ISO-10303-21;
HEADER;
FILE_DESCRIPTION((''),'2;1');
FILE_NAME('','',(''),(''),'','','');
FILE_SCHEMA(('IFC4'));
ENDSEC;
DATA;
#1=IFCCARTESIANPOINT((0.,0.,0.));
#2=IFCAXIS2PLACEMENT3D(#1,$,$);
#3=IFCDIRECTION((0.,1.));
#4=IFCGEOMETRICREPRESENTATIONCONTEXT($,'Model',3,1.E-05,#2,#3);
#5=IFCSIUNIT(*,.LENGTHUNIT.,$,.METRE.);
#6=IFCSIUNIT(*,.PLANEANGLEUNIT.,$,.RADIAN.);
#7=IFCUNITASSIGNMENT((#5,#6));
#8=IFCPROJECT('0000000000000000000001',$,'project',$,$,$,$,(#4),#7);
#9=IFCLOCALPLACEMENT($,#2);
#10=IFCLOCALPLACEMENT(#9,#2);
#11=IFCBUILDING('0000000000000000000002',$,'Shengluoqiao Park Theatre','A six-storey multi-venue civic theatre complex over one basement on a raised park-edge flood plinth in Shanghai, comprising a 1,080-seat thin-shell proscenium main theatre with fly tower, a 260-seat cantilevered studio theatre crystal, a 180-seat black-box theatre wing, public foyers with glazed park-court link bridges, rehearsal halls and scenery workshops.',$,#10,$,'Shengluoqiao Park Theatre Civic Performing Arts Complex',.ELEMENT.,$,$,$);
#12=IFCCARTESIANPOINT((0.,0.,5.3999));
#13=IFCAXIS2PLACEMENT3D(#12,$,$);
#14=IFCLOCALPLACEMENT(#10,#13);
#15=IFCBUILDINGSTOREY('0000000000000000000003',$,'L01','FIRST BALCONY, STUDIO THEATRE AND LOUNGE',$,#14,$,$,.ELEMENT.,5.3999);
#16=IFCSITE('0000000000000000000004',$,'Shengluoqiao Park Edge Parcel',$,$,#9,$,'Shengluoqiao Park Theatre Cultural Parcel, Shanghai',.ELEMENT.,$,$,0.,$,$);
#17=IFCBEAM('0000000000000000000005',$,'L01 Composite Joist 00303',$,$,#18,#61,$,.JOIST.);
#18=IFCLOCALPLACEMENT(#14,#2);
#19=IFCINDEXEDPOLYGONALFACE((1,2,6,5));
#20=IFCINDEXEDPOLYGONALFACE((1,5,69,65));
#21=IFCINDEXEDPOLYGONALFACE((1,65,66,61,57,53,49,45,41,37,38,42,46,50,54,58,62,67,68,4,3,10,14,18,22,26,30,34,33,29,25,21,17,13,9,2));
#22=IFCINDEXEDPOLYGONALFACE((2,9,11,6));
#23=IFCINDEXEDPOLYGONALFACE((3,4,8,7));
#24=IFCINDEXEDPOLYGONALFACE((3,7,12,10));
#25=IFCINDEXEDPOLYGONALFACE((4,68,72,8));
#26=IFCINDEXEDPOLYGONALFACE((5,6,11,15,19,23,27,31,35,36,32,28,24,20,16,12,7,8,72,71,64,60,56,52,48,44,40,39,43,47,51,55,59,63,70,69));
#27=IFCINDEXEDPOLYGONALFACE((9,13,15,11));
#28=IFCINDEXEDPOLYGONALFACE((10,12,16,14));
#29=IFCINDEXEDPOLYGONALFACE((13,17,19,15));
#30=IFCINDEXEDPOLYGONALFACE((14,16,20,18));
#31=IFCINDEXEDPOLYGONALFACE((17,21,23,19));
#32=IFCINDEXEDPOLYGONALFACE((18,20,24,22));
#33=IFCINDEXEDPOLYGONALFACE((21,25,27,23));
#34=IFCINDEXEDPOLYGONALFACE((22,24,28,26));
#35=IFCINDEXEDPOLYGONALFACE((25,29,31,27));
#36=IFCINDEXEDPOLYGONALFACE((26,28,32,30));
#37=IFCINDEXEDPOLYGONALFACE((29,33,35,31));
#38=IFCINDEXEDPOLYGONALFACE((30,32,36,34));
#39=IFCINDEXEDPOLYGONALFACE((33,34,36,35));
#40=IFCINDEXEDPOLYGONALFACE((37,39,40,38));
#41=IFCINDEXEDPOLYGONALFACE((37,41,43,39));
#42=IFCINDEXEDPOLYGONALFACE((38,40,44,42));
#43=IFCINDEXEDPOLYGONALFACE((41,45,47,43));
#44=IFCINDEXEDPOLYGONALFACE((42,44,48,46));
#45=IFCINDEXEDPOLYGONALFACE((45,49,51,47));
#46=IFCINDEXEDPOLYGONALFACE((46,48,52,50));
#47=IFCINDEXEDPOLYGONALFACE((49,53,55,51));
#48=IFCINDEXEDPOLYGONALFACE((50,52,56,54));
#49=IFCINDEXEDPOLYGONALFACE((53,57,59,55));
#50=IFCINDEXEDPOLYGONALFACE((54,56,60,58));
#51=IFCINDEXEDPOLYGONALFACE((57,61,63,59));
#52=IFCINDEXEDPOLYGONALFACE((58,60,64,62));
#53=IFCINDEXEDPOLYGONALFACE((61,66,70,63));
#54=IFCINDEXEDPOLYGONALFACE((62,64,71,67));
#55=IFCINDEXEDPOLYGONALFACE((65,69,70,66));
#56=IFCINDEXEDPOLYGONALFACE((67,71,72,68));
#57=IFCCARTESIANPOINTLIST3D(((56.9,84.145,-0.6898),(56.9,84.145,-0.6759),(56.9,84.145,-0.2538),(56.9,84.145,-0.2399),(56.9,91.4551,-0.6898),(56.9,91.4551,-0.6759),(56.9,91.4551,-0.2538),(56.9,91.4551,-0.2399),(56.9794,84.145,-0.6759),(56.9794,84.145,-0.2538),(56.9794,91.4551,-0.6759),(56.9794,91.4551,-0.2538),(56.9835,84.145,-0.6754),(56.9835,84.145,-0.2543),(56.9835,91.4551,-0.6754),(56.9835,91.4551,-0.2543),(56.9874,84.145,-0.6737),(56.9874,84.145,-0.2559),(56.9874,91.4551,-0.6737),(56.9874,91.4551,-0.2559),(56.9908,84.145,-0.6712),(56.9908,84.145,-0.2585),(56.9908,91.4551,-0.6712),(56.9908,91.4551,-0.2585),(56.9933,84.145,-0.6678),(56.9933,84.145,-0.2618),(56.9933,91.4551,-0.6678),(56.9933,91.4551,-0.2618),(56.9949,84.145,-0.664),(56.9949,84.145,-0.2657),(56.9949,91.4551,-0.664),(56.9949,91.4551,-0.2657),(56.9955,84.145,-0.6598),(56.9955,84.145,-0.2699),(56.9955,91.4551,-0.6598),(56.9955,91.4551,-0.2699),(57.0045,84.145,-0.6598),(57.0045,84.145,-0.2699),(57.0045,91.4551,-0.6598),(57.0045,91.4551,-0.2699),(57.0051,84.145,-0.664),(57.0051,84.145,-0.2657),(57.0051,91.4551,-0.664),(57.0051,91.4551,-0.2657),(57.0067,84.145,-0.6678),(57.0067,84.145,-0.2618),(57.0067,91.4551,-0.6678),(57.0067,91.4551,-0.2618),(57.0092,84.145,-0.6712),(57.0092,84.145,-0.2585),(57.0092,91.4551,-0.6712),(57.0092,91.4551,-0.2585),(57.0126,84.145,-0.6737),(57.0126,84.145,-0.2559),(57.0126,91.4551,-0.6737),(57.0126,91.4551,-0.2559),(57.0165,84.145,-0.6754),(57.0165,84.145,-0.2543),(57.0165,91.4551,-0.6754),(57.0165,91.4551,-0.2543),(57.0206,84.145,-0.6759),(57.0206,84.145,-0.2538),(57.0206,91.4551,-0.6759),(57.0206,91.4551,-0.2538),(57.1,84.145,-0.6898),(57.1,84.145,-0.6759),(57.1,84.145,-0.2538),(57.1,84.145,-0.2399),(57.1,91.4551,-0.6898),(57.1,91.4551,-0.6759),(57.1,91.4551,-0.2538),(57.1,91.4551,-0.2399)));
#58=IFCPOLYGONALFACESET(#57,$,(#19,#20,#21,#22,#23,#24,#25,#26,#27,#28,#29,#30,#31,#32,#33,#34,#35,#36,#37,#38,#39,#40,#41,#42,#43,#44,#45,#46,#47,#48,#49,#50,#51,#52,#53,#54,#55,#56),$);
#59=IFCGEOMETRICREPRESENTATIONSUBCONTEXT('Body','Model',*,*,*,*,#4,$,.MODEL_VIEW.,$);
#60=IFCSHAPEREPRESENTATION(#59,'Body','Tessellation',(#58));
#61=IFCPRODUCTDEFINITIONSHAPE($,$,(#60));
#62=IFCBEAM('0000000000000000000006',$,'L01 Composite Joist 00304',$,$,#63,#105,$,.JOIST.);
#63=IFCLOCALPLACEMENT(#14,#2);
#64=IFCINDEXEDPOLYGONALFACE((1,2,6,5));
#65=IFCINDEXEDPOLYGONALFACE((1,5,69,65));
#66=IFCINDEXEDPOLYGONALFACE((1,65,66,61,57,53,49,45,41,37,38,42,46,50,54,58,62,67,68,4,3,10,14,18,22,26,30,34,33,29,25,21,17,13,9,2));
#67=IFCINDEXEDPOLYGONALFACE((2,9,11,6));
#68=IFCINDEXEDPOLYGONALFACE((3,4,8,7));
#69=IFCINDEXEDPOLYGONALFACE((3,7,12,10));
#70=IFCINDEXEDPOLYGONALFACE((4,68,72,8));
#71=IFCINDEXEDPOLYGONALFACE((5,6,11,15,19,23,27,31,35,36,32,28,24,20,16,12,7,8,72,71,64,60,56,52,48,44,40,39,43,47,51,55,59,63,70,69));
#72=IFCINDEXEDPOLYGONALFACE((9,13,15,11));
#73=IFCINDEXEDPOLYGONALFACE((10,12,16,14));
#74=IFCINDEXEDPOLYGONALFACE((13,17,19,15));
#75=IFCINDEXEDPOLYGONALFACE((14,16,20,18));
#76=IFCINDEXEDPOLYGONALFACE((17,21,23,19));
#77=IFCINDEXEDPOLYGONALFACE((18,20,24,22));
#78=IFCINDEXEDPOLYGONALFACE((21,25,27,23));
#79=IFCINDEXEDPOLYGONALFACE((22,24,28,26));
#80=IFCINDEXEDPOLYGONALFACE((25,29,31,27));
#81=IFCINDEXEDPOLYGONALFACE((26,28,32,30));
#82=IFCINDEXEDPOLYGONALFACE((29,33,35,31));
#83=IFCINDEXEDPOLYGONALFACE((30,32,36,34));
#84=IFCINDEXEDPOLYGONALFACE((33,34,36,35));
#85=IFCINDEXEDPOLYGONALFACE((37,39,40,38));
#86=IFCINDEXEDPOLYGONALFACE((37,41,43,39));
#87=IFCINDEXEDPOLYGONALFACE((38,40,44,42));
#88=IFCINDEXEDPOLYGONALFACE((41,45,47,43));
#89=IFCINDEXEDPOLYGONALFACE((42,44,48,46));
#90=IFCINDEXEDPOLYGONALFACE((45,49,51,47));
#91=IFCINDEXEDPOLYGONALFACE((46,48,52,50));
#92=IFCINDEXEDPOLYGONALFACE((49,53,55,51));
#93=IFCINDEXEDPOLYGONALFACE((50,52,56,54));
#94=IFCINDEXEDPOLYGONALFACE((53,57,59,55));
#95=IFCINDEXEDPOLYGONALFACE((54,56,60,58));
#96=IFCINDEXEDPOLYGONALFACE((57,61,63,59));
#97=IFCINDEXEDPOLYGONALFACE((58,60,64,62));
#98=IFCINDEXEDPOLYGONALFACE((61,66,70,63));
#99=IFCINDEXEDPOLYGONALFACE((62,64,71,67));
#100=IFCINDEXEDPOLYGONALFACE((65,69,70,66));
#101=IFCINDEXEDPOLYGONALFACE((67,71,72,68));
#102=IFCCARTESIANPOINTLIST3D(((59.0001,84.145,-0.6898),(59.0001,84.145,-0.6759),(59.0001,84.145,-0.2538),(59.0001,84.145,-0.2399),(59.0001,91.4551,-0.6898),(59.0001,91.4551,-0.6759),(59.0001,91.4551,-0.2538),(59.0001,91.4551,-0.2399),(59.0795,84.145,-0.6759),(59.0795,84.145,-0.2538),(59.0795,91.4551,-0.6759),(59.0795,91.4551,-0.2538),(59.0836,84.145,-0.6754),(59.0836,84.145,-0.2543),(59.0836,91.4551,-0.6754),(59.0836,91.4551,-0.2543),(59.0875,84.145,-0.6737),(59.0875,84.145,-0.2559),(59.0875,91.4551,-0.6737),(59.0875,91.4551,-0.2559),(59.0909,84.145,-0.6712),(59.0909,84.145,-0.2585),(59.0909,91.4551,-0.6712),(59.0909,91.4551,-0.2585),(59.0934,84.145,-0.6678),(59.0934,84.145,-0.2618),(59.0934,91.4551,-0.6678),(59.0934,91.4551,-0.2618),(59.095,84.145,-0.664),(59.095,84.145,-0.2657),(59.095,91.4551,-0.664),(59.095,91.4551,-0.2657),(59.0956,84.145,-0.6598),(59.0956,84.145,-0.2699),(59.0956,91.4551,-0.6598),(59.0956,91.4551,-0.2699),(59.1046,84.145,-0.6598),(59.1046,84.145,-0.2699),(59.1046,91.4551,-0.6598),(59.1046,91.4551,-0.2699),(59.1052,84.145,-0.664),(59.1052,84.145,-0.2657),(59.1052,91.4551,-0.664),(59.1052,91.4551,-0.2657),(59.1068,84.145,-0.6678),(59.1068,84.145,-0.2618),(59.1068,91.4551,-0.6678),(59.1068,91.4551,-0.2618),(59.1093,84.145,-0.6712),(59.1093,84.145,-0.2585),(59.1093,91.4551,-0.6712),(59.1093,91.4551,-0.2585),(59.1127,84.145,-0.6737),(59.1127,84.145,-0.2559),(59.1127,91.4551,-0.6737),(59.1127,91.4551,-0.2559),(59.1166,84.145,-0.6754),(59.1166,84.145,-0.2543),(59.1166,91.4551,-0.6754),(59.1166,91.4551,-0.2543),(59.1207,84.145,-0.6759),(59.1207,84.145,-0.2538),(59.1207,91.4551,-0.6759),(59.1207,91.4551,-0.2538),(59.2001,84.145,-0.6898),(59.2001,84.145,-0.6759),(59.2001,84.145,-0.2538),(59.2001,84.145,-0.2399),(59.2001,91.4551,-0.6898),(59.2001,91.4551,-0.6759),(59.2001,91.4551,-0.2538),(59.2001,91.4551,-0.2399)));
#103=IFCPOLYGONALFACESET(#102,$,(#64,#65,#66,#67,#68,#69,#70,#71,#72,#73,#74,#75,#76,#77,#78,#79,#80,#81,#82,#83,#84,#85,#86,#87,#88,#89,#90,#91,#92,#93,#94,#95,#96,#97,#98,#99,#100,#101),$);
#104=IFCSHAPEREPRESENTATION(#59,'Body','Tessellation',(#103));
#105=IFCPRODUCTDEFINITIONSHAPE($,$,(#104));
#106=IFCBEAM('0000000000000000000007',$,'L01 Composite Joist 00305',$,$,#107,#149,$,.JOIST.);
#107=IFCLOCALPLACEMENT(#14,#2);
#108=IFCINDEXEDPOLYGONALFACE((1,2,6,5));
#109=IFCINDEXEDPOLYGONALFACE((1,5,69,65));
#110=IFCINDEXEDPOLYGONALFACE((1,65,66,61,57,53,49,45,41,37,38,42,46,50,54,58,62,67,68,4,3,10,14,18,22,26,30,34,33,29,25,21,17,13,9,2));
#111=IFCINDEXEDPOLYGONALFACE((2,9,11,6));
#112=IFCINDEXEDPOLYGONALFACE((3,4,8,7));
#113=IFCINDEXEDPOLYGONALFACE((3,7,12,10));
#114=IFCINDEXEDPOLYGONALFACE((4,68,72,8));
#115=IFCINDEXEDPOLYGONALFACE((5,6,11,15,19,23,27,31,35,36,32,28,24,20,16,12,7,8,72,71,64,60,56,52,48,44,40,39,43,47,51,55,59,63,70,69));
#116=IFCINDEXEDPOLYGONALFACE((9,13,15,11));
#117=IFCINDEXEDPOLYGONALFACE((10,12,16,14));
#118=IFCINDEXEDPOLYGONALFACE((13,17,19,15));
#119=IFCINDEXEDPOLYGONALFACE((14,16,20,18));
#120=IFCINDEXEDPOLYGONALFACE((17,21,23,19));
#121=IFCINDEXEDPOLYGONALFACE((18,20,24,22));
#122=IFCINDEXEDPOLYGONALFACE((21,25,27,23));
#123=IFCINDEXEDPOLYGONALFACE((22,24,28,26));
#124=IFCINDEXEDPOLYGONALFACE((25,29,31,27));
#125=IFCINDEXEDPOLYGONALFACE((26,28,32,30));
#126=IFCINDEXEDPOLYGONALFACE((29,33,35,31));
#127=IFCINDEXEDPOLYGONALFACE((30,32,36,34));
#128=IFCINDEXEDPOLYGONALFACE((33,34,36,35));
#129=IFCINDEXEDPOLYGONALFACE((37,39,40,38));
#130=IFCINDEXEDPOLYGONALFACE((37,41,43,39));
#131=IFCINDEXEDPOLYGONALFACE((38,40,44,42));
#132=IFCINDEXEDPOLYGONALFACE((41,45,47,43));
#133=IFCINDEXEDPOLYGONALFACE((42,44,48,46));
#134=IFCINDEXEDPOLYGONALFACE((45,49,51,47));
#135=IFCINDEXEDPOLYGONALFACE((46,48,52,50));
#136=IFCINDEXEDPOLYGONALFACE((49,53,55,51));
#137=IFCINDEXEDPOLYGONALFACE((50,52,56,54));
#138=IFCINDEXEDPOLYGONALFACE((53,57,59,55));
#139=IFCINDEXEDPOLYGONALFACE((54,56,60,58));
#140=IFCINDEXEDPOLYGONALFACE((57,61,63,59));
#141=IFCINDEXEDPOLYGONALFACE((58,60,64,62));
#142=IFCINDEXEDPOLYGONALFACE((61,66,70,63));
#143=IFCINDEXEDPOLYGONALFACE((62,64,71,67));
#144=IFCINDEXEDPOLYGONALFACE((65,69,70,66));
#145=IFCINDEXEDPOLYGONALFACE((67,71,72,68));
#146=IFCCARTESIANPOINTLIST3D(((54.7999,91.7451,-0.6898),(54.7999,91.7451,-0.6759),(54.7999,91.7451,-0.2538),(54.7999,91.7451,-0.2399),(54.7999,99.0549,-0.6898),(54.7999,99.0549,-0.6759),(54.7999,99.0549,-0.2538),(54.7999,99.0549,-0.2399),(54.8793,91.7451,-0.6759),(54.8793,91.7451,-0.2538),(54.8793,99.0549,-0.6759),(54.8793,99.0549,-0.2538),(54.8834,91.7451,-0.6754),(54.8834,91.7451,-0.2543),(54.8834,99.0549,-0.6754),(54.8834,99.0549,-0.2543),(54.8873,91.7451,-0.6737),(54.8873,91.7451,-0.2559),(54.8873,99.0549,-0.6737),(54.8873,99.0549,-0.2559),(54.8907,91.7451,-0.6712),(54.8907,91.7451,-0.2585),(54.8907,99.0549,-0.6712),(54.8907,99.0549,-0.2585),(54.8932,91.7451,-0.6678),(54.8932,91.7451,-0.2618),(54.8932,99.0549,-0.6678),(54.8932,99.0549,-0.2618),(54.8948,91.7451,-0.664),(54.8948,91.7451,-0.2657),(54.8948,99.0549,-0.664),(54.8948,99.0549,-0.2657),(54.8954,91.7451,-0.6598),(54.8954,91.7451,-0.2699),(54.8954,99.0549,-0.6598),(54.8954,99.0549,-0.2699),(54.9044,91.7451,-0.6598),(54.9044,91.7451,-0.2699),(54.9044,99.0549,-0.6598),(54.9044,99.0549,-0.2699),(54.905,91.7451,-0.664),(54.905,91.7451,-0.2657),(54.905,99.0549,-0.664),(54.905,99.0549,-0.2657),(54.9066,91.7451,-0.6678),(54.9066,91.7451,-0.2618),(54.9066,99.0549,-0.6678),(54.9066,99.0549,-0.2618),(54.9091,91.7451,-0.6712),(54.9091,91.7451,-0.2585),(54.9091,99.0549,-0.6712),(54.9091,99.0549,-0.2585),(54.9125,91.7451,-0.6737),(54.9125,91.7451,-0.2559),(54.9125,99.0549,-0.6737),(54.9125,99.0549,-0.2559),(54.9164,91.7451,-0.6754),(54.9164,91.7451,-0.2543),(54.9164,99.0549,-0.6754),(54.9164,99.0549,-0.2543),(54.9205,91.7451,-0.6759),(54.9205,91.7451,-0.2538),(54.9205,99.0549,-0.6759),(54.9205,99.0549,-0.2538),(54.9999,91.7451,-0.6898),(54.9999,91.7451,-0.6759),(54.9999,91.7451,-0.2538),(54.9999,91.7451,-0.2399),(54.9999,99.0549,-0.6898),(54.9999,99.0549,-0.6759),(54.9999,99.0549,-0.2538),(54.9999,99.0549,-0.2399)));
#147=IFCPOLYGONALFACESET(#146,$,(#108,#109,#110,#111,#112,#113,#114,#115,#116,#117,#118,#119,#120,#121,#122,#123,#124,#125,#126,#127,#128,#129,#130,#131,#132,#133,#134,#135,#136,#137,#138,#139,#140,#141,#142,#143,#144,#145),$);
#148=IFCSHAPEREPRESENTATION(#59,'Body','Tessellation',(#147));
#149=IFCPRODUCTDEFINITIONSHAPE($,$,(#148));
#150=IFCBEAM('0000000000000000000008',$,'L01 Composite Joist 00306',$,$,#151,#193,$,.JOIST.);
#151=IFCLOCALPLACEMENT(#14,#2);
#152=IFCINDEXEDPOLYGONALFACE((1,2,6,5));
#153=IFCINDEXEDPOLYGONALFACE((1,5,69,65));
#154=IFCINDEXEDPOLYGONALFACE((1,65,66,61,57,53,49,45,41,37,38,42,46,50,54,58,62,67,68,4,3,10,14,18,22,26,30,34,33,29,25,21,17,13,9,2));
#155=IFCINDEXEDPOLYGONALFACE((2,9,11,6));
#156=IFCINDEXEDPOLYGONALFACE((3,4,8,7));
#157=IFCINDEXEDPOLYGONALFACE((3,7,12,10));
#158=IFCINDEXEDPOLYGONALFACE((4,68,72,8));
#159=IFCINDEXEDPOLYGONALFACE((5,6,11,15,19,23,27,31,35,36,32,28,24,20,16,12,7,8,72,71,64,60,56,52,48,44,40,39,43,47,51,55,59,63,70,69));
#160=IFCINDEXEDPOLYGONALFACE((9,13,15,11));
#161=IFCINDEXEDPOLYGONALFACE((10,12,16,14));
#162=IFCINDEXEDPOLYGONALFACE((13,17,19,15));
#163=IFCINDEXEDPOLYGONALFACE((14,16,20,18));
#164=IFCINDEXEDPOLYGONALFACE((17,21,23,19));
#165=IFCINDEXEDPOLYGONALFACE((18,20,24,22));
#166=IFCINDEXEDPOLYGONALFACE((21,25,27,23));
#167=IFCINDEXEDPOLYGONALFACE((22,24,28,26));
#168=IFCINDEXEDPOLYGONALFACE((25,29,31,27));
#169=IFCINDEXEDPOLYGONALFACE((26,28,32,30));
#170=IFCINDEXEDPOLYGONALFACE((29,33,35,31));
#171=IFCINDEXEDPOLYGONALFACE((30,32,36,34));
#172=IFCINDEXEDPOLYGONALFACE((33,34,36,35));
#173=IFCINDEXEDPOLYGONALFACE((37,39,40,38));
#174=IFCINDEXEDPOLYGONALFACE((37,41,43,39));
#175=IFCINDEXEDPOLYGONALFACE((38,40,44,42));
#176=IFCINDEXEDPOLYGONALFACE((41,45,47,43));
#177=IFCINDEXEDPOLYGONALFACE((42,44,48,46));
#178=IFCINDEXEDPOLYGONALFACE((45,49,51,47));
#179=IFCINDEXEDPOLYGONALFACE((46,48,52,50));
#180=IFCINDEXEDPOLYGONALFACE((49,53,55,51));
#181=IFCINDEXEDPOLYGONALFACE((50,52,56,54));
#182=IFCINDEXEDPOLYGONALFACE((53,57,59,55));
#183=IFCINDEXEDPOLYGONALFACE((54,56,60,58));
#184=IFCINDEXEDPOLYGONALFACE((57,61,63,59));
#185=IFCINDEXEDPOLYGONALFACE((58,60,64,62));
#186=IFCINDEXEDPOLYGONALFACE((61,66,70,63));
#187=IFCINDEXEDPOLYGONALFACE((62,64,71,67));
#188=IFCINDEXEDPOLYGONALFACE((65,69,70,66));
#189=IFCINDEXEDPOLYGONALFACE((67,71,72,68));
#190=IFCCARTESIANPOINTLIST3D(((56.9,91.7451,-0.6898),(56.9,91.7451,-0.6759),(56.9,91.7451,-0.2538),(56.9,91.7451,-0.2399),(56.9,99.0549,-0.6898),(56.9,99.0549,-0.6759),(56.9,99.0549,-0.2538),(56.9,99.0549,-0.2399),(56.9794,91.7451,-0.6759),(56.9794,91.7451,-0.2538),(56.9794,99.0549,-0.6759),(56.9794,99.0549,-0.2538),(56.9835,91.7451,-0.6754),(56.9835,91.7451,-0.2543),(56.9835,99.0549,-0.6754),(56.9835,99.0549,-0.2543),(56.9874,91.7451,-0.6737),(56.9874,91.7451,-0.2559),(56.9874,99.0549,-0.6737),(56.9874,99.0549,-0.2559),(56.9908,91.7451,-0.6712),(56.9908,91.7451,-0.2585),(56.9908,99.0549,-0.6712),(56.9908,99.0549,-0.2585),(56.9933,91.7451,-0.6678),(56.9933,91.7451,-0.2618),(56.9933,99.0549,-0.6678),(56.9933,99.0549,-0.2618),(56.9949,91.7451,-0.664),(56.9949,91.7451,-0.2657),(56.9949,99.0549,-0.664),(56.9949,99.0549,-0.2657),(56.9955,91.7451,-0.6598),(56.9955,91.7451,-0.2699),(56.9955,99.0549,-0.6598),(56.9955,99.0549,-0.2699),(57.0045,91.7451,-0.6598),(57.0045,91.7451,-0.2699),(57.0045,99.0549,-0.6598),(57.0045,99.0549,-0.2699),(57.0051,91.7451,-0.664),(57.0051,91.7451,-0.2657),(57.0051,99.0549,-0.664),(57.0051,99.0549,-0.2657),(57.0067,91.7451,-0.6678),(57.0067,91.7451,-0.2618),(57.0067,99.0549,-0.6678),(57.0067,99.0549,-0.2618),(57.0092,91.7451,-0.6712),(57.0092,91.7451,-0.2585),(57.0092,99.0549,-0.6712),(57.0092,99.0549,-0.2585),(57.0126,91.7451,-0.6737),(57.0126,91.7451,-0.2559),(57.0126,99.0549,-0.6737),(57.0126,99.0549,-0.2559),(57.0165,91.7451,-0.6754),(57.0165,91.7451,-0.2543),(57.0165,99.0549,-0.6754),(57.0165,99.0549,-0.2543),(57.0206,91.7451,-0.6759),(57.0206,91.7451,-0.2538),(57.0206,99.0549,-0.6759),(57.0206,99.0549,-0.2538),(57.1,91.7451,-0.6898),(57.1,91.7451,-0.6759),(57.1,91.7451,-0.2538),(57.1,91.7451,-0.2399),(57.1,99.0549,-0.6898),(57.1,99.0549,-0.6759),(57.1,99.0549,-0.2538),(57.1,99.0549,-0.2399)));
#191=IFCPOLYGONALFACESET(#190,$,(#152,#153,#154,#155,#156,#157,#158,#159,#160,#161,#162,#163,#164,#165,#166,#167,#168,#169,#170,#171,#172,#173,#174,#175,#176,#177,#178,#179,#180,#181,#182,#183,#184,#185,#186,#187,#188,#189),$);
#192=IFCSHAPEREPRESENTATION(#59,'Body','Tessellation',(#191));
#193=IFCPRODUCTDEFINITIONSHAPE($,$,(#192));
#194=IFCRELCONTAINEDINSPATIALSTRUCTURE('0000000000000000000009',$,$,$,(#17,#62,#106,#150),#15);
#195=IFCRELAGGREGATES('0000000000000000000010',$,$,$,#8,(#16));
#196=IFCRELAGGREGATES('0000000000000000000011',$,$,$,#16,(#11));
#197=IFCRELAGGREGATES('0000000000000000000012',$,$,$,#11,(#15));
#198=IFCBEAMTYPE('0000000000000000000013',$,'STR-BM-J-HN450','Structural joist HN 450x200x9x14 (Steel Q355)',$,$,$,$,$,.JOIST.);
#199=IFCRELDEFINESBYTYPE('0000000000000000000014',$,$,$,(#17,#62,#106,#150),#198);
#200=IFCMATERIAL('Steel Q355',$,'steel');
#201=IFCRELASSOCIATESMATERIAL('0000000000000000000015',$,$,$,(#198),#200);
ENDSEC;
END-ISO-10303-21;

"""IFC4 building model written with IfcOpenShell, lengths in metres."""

from ifc_helpers import new_model, si_unit, direction, frame, origin, origin_2d, place, context, subcontext, project, spatial, i_section, extrude, material, material_profile, profile_set, type_object, element, save


model = new_model("IFC4")

# Units and contexts
model_context = context("Model", 3, precision=1e-05, world=origin(), true_north=direction((0.0, 1.0)))
body_context = subcontext(model_context, "Body", "Model", "MODEL_VIEW")
ifc_project = project(units=[si_unit("LENGTHUNIT", "METRE"), si_unit("PLANEANGLEUNIT", "RADIAN")], contexts=[model_context])

# Site, building, storey
site_placement = place(None, origin())
site = spatial("IfcSite", under=ifc_project, at=site_placement, Name="Shengluoqiao Park Edge Parcel", LongName="Shengluoqiao Park Theatre Cultural Parcel, Shanghai", CompositionType="ELEMENT", RefElevation=0.0)
building_placement = place(site_placement, origin())
building = spatial("IfcBuilding", under=site, at=building_placement, Name="Shengluoqiao Park Theatre", Description="A six-storey multi-venue civic theatre complex over one basement on a raised park-edge flood plinth in Shanghai, comprising a 1,080-seat thin-shell proscenium main theatre with fly tower, a 260-seat cantilevered studio theatre crystal, a 180-seat black-box theatre wing, public foyers with glazed park-court link bridges, rehearsal halls and scenery workshops.", LongName="Shengluoqiao Park Theatre Civic Performing Arts Complex", CompositionType="ELEMENT")
storey_placement = place(building_placement, frame((0.0, 0.0, 5.3999)))
storey = spatial("IfcBuildingStorey", under=building, at=storey_placement, Name="L01", Description="FIRST BALCONY, STUDIO THEATRE AND LOUNGE", CompositionType="ELEMENT", Elevation=5.3999)

# Beams
ifc_material_1 = material(Name="Steel Q355", Category="steel")
ifc_material_profile_1 = material_profile(ifc_material_1, i_section(OverallWidth=0.2, OverallDepth=0.45, WebThickness=0.009, FlangeThickness=0.0139, FilletRadius=0.0161, at=origin_2d()), Name="HN 450x200x9x14")
ifc_profile_set_1 = profile_set([ifc_material_profile_1], Name="Steel Q355")
beam_type_1 = type_object("IfcBeamType", Name="STR-BM-J-HN450", Description="Structural joist HN 450x200x9x14 (Steel Q355)", PredefinedType="JOIST", material=ifc_profile_set_1)
for number, where, z_axis, x_axis, name in (
    (1, (57.0, 84.145, -0.4648), (0.0, 1.0, 0.0), (-1.0, 0.0, 0.0), "L01 Composite Joist 00303"),
    (2, (59.1001, 84.145, -0.4648), (0.0, 1.0, 0.0), (-1.0, 0.0, 0.0), "L01 Composite Joist 00304"),
):
    element("IfcBeam", number, at=place(storey_placement, frame(where, z_axis=z_axis, x_axis=x_axis)), inside=storey, type_object=beam_type_1, Name=name, PredefinedType="JOIST", context=body_context, shape_type="SweptSolid", body=[
        extrude(i_section(OverallWidth=0.2, OverallDepth=0.45, WebThickness=0.009, FlangeThickness=0.0139, FilletRadius=0.0161, at=origin_2d()), origin(), (0.0, 0.0, 1.0), 7.3101),
    ])
for number, where, z_axis, x_axis, name in (
    (3, (54.8999, 91.7451, -0.4648), (0.0, 1.0, 0.0), (-1.0, 0.0, 0.0), "L01 Composite Joist 00305"),
    (4, (57.0, 91.7451, -0.4648), (0.0, 1.0, 0.0), (-1.0, 0.0, 0.0), "L01 Composite Joist 00306"),
):
    element("IfcBeam", number, at=place(storey_placement, frame(where, z_axis=z_axis, x_axis=x_axis)), inside=storey, type_object=beam_type_1, Name=name, PredefinedType="JOIST", context=body_context, shape_type="SweptSolid", body=[
        extrude(i_section(OverallWidth=0.2, OverallDepth=0.45, WebThickness=0.009, FlangeThickness=0.0139, FilletRadius=0.0161, at=origin_2d()), origin(), (0.0, 0.0, 1.0), 7.3098),
    ])

save(model, "model.ifc")
